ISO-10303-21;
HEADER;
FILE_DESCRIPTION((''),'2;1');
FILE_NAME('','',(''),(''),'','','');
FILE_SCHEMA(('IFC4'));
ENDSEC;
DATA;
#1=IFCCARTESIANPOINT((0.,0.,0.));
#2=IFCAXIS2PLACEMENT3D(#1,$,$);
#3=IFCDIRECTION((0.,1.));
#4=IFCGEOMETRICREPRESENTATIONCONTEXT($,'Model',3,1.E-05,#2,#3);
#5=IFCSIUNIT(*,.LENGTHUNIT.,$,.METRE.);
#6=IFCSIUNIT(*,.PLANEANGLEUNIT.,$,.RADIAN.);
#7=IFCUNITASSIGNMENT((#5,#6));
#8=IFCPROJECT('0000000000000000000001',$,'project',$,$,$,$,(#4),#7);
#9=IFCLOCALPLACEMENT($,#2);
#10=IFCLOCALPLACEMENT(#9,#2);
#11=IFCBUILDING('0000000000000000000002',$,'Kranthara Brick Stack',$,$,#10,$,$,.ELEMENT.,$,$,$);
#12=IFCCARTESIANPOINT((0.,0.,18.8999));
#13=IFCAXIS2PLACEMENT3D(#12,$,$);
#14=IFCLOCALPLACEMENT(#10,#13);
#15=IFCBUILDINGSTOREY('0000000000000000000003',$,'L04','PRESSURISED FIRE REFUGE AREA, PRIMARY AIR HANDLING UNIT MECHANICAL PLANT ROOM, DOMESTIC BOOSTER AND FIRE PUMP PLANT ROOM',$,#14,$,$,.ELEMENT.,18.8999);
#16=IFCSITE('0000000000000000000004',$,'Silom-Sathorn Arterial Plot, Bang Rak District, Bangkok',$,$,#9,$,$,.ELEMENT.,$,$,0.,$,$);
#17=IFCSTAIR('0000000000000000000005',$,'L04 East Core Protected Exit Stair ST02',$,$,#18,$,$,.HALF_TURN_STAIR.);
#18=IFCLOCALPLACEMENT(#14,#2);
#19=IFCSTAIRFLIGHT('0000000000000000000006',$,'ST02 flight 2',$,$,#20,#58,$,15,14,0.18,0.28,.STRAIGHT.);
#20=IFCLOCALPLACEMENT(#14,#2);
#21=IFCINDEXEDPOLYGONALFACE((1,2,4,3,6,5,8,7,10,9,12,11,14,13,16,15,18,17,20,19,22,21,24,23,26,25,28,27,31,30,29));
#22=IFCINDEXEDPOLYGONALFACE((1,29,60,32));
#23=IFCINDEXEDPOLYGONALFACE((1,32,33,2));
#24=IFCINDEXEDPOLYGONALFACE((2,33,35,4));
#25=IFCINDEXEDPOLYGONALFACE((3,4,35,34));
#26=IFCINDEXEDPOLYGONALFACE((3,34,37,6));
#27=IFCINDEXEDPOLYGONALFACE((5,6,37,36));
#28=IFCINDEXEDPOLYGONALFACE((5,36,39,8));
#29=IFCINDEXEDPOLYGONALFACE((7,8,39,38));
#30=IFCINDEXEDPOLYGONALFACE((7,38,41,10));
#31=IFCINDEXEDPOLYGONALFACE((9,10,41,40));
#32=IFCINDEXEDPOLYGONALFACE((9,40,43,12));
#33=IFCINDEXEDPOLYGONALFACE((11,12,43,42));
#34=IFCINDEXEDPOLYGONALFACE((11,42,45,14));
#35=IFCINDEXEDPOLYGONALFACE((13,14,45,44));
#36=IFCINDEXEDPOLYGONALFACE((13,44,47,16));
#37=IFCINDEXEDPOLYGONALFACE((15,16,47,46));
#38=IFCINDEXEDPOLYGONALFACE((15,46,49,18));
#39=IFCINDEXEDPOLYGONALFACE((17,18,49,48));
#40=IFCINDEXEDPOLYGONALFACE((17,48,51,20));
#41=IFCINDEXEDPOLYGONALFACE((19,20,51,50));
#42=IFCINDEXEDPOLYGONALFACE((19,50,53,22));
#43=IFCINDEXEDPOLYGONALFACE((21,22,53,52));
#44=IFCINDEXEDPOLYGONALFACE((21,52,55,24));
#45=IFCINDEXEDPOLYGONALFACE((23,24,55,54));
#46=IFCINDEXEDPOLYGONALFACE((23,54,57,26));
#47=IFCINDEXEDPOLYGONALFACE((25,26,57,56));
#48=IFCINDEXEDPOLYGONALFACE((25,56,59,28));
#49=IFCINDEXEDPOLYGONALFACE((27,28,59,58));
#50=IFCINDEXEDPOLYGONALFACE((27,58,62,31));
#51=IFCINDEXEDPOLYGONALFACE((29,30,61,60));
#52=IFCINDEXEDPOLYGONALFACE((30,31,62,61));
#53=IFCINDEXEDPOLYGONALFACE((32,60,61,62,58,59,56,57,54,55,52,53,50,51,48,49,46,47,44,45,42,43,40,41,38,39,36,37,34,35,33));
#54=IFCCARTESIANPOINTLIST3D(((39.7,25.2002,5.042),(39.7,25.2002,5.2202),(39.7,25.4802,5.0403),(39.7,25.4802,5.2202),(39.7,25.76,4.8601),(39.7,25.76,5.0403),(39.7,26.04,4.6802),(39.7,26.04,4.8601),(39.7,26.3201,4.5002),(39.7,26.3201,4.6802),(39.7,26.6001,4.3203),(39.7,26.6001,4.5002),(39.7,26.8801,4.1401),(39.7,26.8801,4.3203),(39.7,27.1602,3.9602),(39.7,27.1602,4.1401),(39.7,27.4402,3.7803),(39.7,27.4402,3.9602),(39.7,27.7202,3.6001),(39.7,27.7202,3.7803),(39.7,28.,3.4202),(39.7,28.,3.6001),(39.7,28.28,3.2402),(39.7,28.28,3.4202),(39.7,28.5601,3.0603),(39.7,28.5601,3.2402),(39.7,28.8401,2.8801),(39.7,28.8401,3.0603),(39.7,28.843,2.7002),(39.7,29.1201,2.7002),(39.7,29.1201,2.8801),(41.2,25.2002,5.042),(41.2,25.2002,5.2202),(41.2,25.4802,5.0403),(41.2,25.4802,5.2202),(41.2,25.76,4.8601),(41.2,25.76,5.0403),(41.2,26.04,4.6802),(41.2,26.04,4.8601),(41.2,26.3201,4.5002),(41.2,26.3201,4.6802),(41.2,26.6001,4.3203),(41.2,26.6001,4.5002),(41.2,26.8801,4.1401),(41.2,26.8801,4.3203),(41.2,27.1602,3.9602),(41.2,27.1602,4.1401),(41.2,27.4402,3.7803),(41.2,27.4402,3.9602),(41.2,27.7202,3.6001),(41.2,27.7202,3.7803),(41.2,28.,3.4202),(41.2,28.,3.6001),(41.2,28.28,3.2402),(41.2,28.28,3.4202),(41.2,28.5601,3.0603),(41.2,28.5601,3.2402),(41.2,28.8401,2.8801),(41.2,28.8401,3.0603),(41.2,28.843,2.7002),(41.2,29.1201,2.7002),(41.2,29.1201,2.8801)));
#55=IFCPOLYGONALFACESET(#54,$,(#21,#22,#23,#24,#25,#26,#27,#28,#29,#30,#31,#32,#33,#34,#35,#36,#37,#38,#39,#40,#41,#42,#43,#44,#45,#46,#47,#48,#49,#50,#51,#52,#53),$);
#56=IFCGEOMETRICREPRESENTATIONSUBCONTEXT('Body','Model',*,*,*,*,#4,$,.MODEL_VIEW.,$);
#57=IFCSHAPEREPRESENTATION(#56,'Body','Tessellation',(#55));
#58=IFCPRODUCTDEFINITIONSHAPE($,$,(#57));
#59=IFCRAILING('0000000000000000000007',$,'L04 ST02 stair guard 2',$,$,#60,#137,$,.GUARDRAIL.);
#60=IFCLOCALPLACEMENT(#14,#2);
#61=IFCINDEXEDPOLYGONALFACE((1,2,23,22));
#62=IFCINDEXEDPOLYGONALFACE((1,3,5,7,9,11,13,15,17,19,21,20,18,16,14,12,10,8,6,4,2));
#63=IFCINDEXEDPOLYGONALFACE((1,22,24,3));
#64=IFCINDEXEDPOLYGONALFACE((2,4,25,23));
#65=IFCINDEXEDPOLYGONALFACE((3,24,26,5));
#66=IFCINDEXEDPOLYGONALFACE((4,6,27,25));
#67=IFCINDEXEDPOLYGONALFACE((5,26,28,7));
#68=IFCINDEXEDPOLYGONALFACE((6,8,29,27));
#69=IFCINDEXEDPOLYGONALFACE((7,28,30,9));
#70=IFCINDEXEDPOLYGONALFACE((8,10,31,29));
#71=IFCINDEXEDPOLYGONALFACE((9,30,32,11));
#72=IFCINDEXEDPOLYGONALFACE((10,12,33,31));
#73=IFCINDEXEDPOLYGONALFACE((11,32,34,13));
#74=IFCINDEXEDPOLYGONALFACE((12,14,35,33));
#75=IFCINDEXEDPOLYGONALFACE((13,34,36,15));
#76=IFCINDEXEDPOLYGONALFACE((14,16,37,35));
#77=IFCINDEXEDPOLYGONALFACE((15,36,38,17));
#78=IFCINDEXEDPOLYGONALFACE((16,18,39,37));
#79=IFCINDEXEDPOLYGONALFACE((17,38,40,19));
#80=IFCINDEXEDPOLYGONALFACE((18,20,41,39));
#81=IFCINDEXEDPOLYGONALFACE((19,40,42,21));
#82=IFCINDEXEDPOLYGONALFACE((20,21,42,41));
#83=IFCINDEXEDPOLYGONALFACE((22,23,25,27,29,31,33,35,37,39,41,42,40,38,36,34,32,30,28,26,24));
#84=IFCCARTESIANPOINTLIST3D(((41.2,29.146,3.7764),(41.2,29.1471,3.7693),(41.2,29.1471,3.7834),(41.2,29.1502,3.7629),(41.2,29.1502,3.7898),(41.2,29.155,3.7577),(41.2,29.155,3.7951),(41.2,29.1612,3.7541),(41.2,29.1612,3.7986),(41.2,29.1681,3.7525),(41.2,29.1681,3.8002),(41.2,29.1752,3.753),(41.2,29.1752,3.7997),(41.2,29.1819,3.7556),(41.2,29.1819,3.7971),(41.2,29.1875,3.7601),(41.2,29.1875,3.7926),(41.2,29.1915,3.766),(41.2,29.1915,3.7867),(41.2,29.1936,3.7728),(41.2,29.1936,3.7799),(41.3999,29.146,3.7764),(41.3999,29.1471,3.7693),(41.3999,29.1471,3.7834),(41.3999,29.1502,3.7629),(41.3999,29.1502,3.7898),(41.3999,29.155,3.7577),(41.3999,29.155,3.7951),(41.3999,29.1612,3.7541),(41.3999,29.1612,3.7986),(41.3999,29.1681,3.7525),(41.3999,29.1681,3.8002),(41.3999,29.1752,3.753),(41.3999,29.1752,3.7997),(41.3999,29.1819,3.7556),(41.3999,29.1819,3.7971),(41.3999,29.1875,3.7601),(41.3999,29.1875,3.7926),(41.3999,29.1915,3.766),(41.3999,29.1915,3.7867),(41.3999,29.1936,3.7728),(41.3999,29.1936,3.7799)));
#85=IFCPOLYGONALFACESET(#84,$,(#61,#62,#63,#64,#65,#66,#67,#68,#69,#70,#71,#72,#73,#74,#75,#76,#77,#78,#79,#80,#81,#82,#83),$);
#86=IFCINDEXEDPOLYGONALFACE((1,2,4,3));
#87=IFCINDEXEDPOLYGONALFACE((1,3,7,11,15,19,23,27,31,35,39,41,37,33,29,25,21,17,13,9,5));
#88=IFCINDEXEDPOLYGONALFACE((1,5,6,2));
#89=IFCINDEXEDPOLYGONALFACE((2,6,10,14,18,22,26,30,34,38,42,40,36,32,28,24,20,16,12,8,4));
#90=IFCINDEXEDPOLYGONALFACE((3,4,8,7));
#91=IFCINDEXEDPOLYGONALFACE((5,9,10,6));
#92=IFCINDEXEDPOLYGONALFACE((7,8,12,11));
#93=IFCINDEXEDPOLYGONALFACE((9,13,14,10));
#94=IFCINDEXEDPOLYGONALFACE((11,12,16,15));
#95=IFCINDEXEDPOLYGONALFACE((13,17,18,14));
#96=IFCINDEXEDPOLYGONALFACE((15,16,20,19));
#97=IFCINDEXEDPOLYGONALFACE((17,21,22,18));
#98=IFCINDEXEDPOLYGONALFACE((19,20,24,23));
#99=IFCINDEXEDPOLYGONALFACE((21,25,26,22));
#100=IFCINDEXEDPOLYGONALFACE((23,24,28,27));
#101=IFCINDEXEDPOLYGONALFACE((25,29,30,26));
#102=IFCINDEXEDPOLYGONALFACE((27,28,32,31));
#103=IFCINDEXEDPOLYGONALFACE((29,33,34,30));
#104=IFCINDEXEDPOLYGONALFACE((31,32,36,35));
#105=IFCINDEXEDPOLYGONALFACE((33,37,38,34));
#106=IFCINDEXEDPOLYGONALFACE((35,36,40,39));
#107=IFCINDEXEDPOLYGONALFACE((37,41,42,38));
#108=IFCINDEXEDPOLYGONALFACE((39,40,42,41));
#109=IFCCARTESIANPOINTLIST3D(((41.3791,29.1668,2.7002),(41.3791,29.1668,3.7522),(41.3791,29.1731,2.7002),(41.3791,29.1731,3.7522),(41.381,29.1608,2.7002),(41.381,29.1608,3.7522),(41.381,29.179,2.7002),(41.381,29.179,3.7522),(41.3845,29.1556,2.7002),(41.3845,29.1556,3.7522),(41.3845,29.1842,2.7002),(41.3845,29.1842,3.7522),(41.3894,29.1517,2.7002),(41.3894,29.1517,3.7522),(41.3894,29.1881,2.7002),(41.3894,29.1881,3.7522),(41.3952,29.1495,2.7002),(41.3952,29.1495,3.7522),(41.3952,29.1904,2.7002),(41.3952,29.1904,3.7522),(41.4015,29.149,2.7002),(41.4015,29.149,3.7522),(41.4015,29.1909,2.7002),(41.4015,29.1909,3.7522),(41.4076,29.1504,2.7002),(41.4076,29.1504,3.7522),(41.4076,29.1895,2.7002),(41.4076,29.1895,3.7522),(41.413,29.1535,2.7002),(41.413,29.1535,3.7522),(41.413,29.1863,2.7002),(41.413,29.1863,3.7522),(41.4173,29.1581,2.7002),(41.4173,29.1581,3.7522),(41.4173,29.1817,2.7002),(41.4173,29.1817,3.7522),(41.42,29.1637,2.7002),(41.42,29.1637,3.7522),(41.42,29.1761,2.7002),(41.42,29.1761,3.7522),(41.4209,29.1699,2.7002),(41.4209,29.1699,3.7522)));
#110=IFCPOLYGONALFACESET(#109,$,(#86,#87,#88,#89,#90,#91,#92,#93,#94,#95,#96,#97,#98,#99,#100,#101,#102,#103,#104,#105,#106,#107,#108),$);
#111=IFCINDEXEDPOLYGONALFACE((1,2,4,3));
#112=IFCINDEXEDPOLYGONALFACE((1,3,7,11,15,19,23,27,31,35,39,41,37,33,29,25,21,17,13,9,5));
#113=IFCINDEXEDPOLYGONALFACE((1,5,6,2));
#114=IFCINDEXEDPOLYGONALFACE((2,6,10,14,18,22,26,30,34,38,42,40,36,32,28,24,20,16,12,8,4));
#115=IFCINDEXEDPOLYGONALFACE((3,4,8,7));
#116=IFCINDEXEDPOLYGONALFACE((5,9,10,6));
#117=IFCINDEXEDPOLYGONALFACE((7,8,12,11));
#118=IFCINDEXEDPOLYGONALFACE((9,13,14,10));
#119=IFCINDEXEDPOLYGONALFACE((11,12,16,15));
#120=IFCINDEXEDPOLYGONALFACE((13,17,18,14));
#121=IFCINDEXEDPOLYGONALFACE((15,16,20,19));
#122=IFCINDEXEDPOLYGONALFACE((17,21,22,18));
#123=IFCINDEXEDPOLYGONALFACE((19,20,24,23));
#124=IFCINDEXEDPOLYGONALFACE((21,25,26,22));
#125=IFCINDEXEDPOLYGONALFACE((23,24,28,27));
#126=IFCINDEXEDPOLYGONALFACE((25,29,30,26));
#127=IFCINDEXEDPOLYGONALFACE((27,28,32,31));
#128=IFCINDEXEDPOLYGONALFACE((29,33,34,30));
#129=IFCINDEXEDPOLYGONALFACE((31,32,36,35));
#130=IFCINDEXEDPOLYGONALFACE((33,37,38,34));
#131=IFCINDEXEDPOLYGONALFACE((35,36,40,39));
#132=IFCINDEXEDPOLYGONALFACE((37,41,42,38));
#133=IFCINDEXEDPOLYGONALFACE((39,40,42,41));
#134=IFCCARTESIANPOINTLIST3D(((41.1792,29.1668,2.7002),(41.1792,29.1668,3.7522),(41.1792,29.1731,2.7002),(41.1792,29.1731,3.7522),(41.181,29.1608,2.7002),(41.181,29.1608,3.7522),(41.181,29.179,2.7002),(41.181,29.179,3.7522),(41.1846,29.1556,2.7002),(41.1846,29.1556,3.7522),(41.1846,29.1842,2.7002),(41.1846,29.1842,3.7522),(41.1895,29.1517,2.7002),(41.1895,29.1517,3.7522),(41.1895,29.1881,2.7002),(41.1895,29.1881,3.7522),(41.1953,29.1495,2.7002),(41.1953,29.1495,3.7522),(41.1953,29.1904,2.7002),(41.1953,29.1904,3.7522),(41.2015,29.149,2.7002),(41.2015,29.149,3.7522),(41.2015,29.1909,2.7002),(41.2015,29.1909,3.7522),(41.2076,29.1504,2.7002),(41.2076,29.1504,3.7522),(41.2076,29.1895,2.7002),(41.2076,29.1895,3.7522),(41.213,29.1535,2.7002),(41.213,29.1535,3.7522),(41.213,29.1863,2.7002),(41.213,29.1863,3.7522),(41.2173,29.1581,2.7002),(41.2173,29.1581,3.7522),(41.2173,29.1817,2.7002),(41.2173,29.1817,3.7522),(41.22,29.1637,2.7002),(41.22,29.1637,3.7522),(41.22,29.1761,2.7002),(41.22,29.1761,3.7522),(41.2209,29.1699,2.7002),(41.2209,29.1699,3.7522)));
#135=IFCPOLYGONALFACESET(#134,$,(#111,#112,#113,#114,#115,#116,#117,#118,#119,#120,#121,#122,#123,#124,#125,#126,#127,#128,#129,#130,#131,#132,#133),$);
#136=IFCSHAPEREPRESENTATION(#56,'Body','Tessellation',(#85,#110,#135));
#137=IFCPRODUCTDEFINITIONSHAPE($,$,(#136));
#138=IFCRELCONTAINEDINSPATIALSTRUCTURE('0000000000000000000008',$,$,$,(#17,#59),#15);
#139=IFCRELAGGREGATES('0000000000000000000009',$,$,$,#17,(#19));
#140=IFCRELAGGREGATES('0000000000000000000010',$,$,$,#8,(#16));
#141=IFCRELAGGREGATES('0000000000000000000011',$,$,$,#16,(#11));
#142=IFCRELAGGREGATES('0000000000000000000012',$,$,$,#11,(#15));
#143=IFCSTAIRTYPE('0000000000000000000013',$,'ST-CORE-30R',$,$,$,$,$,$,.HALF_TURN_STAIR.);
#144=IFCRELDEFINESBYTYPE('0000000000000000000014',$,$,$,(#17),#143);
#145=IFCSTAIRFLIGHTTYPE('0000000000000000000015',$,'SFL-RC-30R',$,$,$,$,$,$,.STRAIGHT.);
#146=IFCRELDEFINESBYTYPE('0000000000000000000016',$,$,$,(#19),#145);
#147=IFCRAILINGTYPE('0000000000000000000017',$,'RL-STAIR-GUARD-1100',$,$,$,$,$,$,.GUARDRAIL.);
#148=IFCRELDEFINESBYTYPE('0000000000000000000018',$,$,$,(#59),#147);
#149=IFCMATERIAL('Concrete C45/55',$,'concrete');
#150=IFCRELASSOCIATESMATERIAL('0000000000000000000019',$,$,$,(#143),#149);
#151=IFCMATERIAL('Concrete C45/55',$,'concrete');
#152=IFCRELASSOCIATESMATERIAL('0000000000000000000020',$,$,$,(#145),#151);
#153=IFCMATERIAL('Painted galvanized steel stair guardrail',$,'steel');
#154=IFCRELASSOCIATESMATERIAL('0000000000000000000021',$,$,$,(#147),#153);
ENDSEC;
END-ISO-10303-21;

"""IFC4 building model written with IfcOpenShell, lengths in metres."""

from ifc_helpers import new_model, si_unit, direction, frame, origin, origin_2d, place, context, subcontext, project, spatial, polyline, circle, outline, extrude, material, type_object, element, aggregate, save


model = new_model("IFC4")

# Units and contexts
model_context = context("Model", 3, precision=1e-05, world=origin(), true_north=direction((0.0, 1.0)))
body_context = subcontext(model_context, "Body", "Model", "MODEL_VIEW")
ifc_project = project(units=[si_unit("LENGTHUNIT", "METRE"), si_unit("PLANEANGLEUNIT", "RADIAN")], contexts=[model_context])

# Site, building, storey
site_placement = place(None, origin())
site = spatial("IfcSite", under=ifc_project, at=site_placement, Name="Silom-Sathorn Arterial Plot, Bang Rak District, Bangkok", CompositionType="ELEMENT", RefElevation=0.0)
building_placement = place(site_placement, origin())
building = spatial("IfcBuilding", under=site, at=building_placement, Name="Kranthara Brick Stack", CompositionType="ELEMENT")
storey_placement = place(building_placement, frame((0.0, 0.0, 18.8999)))
storey = spatial("IfcBuildingStorey", under=building, at=storey_placement, Name="L04", Description="PRESSURISED FIRE REFUGE AREA, PRIMARY AIR HANDLING UNIT MECHANICAL PLANT ROOM, DOMESTIC BOOSTER AND FIRE PUMP PLANT ROOM", CompositionType="ELEMENT", Elevation=18.8999)

# Stair, stair flight
ifc_material_1 = material(Name="Concrete C45/55", Category="concrete")
stair_type = type_object("IfcStairType", Name="ST-CORE-30R", PredefinedType="HALF_TURN_STAIR", material=ifc_material_1)
stair_placement = place(storey_placement, origin())
stair = element("IfcStair", 1, at=stair_placement, inside=storey, type_object=stair_type, Name="L04 East Core Protected Exit Stair ST02", PredefinedType="HALF_TURN_STAIR")
ifc_material_2 = material(Name="Concrete C45/55", Category="concrete")
stair_flight_type = type_object("IfcStairFlightType", Name="SFL-RC-30R", PredefinedType="STRAIGHT", material=ifc_material_2)
stair_flight_placement = place(storey_placement, frame((40.45, 29.1201, 2.7002), z_axis=(0.0, 0.0, 1.0), x_axis=(0.0, -1.0, 0.0)))
stair_flight = element("IfcStairFlight", 2, at=stair_flight_placement, type_object=stair_flight_type, Name="ST02 flight 2", NumberOfRisers=15, NumberOfTreads=14, PredefinedType="STRAIGHT", RiserHeight=0.18, TreadLength=0.28, context=body_context, shape_type="SweptSolid", body=[
    extrude(outline(polyline([(0.0, 0.0), (0.0, 0.1799), (0.28, 0.1799), (0.28, 0.3601), (0.5601, 0.3601), (0.5601, 0.54), (0.8401, 0.54), (0.8401, 0.72), (1.1201, 0.72), (1.1201, 0.8999), (1.3999, 0.8999), (1.3999, 1.0801), (1.6799, 1.0801), (1.6799, 1.26), (1.96, 1.26), (1.96, 1.4399), (2.24, 1.4399), (2.24, 1.6201), (2.52, 1.6201), (2.52, 1.8), (2.8, 1.8), (2.8, 1.98), (3.0801, 1.98), (3.0801, 2.1599), (3.3601, 2.1599), (3.3601, 2.3401), (3.6399, 2.3401), (3.6399, 2.52), (3.9199, 2.52), (3.9199, 2.7), (3.9199, 2.3418), (0.2771, 0.0), (0.0, 0.0)])), frame((0.0, 0.75, 0.0), z_axis=(0.0, -1.0, 0.0), x_axis=(1.0, 0.0, 0.0)), (0.0, 0.0, 1.0), 1.5),
])
aggregate(stair, [stair_flight])

# Railing
ifc_material_3 = material(Name="Painted galvanized steel stair guardrail", Category="steel")
railing_type_1 = type_object("IfcRailingType", Name="RL-STAIR-GUARD-1100", PredefinedType="GUARDRAIL", material=ifc_material_3)
railing_1_placement = place(storey_placement, frame((41.3999, 29.1699, 2.7002)))
element("IfcRailing", 3, at=railing_1_placement, inside=storey, type_object=railing_type_1, Name="L04 ST02 stair guard 2", PredefinedType="GUARDRAIL", context=body_context, shape_type="SweptSolid", body=[
    extrude(circle(Radius=0.0239, at=origin_2d()), frame((0.0, 0.0, 1.0762), z_axis=(-1.0, 0.0, 0.0), x_axis=(0.0, -1.0, 0.0)), (0.0, 0.0, 1.0), 0.2),
    extrude(circle(Radius=0.021, at=origin_2d()), origin(), (0.0, 0.0, 1.0), 1.052),
    extrude(circle(Radius=0.021, at=origin_2d()), frame((-0.2, 0.0, 0.0)), (0.0, 0.0, 1.0), 1.052),
])

save(model, "model.ifc")
